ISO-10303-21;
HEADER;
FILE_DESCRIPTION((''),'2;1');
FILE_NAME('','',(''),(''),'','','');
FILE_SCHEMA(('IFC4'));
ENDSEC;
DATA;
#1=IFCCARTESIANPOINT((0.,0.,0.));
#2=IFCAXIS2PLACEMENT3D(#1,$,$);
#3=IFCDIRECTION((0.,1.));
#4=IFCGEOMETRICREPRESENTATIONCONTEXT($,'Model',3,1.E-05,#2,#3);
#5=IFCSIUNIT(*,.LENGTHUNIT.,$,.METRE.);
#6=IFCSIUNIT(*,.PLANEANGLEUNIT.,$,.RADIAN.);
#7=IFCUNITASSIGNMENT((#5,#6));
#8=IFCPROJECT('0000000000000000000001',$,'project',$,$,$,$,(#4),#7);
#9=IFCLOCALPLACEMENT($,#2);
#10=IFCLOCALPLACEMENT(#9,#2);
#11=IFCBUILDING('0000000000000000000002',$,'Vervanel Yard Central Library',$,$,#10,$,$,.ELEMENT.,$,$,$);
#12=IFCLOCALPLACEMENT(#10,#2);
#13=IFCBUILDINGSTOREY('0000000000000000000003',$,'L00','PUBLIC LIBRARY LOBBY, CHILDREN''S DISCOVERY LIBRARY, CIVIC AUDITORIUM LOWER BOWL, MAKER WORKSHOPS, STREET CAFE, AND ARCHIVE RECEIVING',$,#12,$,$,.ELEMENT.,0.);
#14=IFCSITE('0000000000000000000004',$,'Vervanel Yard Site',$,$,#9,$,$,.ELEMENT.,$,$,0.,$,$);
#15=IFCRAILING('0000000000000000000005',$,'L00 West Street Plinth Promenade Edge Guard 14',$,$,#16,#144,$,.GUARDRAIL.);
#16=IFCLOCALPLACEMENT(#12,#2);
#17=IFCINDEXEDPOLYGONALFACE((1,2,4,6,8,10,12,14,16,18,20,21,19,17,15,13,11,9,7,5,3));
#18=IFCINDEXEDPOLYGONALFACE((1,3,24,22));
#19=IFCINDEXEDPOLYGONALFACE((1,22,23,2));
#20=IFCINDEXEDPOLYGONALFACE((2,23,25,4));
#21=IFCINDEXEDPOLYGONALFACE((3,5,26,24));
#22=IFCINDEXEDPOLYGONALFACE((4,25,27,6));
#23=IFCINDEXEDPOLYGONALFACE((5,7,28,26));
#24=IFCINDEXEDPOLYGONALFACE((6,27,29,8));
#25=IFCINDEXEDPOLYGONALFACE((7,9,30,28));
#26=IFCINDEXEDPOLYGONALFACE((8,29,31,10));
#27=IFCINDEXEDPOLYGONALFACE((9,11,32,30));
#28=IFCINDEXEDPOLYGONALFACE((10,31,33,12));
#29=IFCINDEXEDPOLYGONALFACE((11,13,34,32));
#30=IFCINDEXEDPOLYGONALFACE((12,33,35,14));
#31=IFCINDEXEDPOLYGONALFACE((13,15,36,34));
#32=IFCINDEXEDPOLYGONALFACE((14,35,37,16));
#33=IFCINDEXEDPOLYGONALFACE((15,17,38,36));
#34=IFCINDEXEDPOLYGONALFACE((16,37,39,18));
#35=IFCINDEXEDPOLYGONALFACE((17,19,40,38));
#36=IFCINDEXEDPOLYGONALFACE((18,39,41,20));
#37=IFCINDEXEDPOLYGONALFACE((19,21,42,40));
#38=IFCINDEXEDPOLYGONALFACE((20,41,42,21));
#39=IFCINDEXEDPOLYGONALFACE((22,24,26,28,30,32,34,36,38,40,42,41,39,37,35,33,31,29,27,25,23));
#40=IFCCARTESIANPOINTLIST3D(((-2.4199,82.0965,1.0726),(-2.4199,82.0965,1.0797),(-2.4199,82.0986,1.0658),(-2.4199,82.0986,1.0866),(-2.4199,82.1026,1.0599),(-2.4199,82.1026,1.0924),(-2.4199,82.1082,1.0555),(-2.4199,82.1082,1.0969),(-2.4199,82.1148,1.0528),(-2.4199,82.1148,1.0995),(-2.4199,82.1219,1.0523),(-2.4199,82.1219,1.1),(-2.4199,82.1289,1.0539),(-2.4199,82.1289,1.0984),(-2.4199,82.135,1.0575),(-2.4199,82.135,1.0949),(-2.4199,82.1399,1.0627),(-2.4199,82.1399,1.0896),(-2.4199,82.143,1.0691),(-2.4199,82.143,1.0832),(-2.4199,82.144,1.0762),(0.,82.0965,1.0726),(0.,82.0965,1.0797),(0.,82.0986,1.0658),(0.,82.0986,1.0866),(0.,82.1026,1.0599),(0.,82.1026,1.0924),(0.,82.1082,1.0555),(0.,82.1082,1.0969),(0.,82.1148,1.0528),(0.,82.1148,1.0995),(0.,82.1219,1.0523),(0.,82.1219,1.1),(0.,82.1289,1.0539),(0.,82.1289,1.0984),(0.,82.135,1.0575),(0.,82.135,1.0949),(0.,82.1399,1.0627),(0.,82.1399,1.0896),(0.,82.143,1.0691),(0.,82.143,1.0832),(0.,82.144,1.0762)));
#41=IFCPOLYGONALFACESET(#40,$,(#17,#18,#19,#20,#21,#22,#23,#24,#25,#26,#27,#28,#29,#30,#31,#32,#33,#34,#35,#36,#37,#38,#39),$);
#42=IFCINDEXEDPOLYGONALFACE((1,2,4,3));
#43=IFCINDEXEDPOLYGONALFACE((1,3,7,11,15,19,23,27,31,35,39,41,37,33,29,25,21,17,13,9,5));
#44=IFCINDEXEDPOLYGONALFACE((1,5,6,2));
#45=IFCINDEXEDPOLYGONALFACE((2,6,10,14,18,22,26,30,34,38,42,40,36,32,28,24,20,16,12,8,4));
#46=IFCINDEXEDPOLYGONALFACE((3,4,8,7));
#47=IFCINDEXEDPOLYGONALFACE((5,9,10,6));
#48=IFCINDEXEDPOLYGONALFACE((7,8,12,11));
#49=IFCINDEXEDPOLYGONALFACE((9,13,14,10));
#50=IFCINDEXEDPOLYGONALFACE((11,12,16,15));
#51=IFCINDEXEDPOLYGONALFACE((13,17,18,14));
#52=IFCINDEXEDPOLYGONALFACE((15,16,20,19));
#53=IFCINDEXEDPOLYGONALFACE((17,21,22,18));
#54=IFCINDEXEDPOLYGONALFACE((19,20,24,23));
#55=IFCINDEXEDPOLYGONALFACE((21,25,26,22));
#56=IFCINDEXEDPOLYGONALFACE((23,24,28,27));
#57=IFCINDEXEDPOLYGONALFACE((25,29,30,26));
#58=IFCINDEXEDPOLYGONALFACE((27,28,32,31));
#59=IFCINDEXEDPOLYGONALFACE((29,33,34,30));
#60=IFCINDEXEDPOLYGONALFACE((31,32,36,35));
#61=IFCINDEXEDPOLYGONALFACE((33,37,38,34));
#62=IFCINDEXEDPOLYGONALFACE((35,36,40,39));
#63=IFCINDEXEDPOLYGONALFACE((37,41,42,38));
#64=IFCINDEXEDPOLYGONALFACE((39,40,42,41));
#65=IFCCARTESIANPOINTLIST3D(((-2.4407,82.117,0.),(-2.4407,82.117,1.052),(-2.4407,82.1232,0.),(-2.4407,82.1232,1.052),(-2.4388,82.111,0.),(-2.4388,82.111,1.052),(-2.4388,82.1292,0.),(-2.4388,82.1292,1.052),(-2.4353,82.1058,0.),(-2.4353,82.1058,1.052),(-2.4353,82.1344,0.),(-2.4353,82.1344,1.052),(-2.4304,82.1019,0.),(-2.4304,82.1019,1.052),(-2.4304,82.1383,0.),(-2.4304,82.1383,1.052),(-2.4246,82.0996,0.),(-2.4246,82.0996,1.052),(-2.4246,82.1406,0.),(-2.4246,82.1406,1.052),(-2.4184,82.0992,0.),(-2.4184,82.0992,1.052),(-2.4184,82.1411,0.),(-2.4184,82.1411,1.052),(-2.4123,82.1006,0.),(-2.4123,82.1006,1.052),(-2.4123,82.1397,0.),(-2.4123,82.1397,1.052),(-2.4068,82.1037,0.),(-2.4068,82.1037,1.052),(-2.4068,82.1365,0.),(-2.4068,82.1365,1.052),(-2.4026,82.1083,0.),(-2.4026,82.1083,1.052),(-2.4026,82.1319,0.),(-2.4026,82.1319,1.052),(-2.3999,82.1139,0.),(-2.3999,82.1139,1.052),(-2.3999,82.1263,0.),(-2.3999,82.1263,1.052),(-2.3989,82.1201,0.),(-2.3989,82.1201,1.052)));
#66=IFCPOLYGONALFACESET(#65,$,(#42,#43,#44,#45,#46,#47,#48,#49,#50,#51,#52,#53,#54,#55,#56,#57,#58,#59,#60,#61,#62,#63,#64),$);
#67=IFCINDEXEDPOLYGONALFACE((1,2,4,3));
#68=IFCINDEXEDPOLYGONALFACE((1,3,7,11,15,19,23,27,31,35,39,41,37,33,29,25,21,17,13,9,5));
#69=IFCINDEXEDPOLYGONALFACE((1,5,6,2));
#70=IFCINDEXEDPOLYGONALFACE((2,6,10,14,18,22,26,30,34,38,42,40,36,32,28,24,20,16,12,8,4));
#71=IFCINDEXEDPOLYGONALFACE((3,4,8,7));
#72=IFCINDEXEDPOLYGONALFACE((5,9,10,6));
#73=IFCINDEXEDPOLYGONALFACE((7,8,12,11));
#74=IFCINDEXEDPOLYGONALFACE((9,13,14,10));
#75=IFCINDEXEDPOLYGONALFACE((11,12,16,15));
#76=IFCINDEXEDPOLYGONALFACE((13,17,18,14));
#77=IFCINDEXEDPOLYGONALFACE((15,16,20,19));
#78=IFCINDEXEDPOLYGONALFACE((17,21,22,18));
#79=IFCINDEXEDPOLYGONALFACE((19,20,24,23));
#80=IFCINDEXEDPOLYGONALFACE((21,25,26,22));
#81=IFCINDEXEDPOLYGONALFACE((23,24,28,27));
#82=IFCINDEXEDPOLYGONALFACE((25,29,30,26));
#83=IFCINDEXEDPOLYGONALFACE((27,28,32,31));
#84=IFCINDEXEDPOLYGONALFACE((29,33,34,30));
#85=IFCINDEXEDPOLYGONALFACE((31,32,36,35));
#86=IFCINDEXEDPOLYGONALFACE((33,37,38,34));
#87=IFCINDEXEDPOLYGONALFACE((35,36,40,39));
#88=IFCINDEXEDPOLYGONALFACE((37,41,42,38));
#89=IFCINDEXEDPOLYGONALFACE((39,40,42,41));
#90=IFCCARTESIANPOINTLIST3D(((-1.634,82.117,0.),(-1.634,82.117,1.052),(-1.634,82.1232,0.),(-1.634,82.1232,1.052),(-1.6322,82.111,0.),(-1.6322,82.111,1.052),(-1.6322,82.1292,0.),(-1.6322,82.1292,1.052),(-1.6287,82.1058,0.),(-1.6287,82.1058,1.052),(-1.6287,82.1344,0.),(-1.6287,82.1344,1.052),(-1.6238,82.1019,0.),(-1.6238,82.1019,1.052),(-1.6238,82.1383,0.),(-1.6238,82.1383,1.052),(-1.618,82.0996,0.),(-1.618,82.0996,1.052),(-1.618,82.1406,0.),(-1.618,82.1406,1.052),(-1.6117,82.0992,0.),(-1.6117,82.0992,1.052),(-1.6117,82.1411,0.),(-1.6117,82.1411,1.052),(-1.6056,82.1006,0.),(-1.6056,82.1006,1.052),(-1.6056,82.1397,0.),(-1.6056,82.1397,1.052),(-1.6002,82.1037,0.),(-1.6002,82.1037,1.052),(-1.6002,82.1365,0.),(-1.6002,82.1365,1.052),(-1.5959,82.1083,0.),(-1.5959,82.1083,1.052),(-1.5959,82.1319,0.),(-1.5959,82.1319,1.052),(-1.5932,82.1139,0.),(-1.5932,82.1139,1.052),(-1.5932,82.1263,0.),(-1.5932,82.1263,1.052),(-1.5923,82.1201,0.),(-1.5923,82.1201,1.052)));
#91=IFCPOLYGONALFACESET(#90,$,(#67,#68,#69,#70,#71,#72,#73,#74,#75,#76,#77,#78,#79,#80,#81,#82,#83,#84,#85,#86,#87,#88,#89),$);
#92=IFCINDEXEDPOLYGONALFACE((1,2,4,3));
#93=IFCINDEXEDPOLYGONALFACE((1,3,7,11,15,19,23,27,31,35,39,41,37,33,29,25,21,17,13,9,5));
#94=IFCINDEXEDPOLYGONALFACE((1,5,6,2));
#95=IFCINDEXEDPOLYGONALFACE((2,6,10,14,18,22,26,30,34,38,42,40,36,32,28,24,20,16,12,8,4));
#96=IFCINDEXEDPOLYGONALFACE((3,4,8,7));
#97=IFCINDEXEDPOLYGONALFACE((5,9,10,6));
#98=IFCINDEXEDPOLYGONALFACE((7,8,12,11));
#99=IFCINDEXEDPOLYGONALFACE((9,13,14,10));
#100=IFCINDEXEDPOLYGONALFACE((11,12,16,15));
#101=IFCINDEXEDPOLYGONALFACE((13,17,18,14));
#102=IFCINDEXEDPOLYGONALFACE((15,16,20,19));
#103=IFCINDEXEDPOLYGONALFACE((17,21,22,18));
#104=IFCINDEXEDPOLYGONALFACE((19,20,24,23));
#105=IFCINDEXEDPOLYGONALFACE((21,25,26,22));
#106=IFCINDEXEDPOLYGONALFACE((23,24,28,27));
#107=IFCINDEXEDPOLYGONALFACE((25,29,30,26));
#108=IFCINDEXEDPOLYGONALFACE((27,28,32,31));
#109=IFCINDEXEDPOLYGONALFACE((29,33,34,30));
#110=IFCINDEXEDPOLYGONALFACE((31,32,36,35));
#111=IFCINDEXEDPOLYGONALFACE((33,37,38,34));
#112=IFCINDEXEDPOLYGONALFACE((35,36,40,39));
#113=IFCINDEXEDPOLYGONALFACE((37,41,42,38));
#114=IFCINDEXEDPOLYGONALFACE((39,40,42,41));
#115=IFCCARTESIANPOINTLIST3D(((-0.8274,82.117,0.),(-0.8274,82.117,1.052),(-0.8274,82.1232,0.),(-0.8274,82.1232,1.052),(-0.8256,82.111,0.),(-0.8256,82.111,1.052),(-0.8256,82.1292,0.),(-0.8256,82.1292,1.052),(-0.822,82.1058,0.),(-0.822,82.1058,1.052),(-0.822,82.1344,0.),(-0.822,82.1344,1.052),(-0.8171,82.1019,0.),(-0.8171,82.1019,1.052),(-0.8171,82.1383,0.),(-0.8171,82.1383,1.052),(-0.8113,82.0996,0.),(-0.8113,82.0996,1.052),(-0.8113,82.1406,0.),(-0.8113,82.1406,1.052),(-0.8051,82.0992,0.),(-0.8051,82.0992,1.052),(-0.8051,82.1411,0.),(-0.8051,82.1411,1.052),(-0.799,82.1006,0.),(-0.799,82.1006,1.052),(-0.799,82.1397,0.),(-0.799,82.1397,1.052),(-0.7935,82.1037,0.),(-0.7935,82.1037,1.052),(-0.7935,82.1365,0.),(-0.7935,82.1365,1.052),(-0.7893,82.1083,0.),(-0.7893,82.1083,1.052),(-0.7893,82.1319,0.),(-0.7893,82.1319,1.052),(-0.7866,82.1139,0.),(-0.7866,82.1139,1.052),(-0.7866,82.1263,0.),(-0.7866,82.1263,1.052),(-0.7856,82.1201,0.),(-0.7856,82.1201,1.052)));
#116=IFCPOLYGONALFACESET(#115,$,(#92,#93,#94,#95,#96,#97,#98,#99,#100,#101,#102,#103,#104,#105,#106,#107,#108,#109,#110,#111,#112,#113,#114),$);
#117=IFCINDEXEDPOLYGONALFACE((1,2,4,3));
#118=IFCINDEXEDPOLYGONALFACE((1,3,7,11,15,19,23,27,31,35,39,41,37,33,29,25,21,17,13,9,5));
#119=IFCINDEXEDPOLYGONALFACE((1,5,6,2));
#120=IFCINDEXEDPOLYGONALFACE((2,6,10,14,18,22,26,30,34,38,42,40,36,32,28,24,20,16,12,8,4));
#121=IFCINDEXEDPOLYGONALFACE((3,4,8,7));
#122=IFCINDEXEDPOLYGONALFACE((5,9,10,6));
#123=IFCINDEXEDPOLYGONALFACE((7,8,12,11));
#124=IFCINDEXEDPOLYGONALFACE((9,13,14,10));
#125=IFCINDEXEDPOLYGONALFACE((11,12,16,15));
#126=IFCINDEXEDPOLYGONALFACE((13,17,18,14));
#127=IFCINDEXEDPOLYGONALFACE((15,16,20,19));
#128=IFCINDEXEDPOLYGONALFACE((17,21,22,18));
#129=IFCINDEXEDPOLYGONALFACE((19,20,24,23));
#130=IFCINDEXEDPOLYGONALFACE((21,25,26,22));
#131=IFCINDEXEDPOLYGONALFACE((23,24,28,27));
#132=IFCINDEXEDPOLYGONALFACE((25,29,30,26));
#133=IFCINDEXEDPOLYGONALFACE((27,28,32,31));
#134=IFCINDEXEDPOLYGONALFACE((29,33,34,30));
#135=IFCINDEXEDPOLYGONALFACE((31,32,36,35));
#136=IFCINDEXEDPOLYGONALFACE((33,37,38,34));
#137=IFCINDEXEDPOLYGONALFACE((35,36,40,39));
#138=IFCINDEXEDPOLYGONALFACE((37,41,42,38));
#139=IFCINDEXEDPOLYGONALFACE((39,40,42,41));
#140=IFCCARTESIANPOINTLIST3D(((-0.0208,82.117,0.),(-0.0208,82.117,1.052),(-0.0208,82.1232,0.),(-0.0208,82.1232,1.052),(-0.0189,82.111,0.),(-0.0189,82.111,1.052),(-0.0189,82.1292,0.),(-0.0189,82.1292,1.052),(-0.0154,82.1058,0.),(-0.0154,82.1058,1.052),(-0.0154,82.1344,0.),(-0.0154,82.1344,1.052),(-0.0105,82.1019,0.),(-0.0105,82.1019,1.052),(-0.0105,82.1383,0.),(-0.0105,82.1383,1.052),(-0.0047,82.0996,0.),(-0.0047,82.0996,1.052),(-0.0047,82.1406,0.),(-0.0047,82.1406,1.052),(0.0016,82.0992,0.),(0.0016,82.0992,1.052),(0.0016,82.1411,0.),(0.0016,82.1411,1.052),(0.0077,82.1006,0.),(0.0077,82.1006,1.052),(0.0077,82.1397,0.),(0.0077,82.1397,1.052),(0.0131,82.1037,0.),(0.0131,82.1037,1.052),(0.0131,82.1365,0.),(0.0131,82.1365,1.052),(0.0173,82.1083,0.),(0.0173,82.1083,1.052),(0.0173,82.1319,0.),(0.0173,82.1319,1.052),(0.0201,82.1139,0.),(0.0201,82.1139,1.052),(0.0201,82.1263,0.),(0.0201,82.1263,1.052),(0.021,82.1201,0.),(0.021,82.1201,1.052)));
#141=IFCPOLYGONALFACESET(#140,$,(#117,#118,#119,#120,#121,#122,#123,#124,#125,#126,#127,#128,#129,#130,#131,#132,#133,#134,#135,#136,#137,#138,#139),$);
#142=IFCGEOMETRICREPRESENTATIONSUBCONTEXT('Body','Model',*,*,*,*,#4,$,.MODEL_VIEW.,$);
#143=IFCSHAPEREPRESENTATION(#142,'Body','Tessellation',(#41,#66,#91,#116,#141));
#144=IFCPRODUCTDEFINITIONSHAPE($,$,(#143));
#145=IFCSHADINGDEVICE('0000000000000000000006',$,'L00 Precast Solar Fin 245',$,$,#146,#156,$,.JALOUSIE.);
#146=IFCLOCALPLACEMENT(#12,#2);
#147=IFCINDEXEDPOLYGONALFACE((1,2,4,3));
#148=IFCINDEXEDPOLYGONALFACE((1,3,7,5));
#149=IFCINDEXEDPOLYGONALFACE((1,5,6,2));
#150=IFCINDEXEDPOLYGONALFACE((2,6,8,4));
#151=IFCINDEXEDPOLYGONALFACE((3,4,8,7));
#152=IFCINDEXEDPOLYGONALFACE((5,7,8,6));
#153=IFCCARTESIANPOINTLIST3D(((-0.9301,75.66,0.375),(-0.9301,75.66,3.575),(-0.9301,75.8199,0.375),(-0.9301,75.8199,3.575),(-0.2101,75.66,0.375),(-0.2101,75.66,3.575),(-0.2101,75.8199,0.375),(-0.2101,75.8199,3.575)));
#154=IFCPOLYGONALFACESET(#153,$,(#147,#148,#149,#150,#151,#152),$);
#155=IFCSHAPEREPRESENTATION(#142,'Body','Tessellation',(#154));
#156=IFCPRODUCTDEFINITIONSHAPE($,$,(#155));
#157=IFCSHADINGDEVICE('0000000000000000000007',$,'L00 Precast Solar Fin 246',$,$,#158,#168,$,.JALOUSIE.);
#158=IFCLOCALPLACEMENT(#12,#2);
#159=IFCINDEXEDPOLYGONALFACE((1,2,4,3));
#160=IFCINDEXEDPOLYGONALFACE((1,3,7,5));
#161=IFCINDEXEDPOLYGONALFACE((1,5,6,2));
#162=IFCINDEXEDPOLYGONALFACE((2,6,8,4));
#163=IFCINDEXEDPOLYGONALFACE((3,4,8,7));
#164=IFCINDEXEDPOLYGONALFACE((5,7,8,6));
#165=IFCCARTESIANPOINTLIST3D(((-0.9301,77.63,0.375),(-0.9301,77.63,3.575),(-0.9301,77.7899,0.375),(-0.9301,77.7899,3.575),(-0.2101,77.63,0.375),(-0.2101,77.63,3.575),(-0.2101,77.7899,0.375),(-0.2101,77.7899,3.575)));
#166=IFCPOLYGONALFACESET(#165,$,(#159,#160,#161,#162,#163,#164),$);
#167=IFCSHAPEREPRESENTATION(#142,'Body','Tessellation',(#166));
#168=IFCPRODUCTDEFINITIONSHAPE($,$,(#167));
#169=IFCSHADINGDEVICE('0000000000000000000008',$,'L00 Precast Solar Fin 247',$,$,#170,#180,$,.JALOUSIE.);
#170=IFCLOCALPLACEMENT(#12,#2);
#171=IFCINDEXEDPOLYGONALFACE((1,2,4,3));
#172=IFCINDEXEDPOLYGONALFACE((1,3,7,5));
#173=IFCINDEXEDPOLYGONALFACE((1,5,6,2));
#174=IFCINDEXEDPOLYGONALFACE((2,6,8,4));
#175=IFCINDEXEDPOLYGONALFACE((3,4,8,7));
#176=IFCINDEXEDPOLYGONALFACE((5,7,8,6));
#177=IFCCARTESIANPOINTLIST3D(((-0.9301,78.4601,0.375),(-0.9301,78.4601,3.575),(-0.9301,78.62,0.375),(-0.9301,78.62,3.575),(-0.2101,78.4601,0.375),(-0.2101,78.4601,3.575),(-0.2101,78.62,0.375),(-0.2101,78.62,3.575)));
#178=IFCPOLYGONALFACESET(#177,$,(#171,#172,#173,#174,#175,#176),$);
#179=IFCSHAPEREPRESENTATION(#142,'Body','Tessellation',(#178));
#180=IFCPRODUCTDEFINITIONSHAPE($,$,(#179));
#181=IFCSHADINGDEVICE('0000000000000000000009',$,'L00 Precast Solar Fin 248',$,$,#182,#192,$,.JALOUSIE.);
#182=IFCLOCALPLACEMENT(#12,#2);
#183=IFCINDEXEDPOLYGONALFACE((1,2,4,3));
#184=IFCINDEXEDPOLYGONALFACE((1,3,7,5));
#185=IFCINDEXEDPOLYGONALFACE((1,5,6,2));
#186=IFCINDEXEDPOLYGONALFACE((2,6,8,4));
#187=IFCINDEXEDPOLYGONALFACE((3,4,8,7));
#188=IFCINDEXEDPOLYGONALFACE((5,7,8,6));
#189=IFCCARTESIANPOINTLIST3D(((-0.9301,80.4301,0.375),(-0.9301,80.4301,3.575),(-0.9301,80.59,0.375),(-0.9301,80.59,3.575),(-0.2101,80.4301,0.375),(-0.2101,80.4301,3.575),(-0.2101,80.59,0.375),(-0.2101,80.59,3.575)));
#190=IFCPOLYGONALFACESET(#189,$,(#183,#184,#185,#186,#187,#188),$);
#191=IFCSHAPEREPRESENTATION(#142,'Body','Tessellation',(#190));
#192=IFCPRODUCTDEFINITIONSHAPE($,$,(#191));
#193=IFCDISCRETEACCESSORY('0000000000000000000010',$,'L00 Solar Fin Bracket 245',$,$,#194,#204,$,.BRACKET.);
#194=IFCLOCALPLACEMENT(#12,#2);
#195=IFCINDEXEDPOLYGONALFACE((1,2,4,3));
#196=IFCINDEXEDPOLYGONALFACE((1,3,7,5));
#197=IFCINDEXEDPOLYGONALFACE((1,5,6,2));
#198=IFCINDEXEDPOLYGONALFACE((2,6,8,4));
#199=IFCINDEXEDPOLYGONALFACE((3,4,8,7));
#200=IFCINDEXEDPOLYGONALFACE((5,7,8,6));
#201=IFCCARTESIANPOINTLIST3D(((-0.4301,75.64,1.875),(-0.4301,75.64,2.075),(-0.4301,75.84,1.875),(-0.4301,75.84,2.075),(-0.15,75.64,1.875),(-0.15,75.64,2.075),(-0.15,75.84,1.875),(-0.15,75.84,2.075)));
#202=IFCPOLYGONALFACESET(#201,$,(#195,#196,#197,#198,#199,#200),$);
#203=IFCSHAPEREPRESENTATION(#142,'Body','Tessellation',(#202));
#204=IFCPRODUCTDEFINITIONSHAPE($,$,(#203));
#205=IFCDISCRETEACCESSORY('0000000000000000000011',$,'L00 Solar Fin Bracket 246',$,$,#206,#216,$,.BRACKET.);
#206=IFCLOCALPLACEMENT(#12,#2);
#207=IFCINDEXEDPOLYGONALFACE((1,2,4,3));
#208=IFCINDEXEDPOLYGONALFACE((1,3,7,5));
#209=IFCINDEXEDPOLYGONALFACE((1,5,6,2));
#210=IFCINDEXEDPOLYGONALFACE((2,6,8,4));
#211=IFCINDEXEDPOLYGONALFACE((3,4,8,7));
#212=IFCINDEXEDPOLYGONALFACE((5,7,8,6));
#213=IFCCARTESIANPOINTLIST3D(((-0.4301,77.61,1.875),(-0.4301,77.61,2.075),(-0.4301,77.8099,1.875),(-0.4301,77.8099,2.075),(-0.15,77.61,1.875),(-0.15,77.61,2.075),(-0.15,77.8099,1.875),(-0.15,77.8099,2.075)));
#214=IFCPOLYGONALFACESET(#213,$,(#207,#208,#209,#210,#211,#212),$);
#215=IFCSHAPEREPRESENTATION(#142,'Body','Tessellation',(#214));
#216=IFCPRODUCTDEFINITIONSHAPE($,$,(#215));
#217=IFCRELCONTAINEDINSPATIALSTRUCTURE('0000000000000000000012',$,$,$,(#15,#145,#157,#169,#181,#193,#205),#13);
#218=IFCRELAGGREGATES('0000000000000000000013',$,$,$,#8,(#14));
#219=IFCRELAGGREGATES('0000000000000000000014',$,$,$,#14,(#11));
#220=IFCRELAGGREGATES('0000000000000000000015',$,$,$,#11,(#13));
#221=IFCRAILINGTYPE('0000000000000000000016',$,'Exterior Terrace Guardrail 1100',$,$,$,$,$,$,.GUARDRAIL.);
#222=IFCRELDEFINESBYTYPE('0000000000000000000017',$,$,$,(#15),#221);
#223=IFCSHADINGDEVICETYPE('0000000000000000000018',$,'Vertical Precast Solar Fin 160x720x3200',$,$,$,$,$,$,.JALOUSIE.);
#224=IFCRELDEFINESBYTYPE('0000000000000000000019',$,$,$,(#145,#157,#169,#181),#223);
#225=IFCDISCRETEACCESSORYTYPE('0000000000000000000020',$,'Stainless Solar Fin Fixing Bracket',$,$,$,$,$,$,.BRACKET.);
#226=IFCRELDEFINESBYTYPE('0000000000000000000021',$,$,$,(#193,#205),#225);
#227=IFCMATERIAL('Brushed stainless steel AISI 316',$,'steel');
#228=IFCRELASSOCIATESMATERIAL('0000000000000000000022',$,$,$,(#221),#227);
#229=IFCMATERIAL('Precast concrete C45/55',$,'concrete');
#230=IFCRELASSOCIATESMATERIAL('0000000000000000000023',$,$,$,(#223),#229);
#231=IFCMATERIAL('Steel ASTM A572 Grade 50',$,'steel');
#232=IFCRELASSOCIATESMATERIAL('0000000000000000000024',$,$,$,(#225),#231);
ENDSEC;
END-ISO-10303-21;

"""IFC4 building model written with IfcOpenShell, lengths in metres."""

from ifc_helpers import new_model, si_unit, direction, frame, origin, origin_2d, place, context, subcontext, project, spatial, rectangle, circle, extrude, material, type_object, element, save


model = new_model("IFC4")

# Units and contexts
model_context = context("Model", 3, precision=1e-05, world=origin(), true_north=direction((0.0, 1.0)))
body_context = subcontext(model_context, "Body", "Model", "MODEL_VIEW")
ifc_project = project(units=[si_unit("LENGTHUNIT", "METRE"), si_unit("PLANEANGLEUNIT", "RADIAN")], contexts=[model_context])

# Site, building, storey
site_placement = place(None, origin())
site = spatial("IfcSite", under=ifc_project, at=site_placement, Name="Vervanel Yard Site", CompositionType="ELEMENT", RefElevation=0.0)
building_placement = place(site_placement, origin())
building = spatial("IfcBuilding", under=site, at=building_placement, Name="Vervanel Yard Central Library", CompositionType="ELEMENT")
storey_placement = place(building_placement, origin())
storey = spatial("IfcBuildingStorey", under=building, at=storey_placement, Name="L00", Description="PUBLIC LIBRARY LOBBY, CHILDREN'S DISCOVERY LIBRARY, CIVIC AUDITORIUM LOWER BOWL, MAKER WORKSHOPS, STREET CAFE, AND ARCHIVE RECEIVING", CompositionType="ELEMENT", Elevation=0.0)

# Shared definitions
ifc_material_1 = material(Name="Precast concrete C45/55", Category="concrete")

# Railing
ifc_material_2 = material(Name="Brushed stainless steel AISI 316", Category="steel")
railing_type = type_object("IfcRailingType", Name="Exterior Terrace Guardrail 1100", PredefinedType="GUARDRAIL", material=ifc_material_2)
railing_1_placement = place(storey_placement, frame((-2.4199, 82.1201, 0.0)))
element("IfcRailing", 1, at=railing_1_placement, inside=storey, type_object=railing_type, Name="L00 West Street Plinth Promenade Edge Guard 14", PredefinedType="GUARDRAIL", context=body_context, shape_type="SweptSolid", body=[
    extrude(circle(Radius=0.0239, at=origin_2d()), frame((0.0, 0.0, 1.0762), z_axis=(1.0, 0.0, 0.0), x_axis=(0.0, 1.0, 0.0)), (0.0, 0.0, 1.0), 2.4199),
    extrude(circle(Radius=0.021, at=origin_2d()), origin(), (0.0, 0.0, 1.0), 1.052),
    extrude(circle(Radius=0.021, at=origin_2d()), frame((0.8066, 0.0, 0.0)), (0.0, 0.0, 1.0), 1.052),
    extrude(circle(Radius=0.021, at=origin_2d()), frame((1.6133, 0.0, 0.0)), (0.0, 0.0, 1.0), 1.052),
    extrude(circle(Radius=0.021, at=origin_2d()), frame((2.4199, 0.0, 0.0)), (0.0, 0.0, 1.0), 1.052),
])

# Shading devices
shading_device_type = type_object("IfcShadingDeviceType", Name="Vertical Precast Solar Fin 160x720x3200", PredefinedType="JALOUSIE", material=ifc_material_1)
for number, where, z_axis, x_axis, name in (
    (2, (-0.5701, 75.74, 0.375), (0.0, 0.0, 1.0), (0.0, 1.0, 0.0), "L00 Precast Solar Fin 245"),
    (3, (-0.5701, 77.71, 0.375), (0.0, 0.0, 1.0), (0.0, 1.0, 0.0), "L00 Precast Solar Fin 246"),
    (4, (-0.5701, 78.54, 0.375), (0.0, 0.0, 1.0), (0.0, 1.0, 0.0), "L00 Precast Solar Fin 247"),
    (5, (-0.5701, 80.51, 0.375), (0.0, 0.0, 1.0), (0.0, 1.0, 0.0), "L00 Precast Solar Fin 248"),
):
    element("IfcShadingDevice", number, at=place(storey_placement, frame(where, z_axis=z_axis, x_axis=x_axis)), inside=storey, type_object=shading_device_type, Name=name, PredefinedType="JALOUSIE", context=body_context, shape_type="SweptSolid", body=[
        extrude(rectangle(XDim=0.1599, YDim=0.72, at=origin_2d()), origin(), (0.0, 0.0, 1.0), 3.2),
    ])

# Discrete accessories
ifc_material_3 = material(Name="Steel ASTM A572 Grade 50", Category="steel")
discrete_accessory_type = type_object("IfcDiscreteAccessoryType", Name="Stainless Solar Fin Fixing Bracket", PredefinedType="BRACKET", material=ifc_material_3)
for number, where, z_axis, x_axis, name in (
    (6, (-0.29, 75.74, 1.875), (0.0, 0.0, 1.0), (0.0, 1.0, 0.0), "L00 Solar Fin Bracket 245"),
    (7, (-0.29, 77.71, 1.875), (0.0, 0.0, 1.0), (0.0, 1.0, 0.0), "L00 Solar Fin Bracket 246"),
):
    element("IfcDiscreteAccessory", number, at=place(storey_placement, frame(where, z_axis=z_axis, x_axis=x_axis)), inside=storey, type_object=discrete_accessory_type, Name=name, PredefinedType="BRACKET", context=body_context, shape_type="SweptSolid", body=[
        extrude(rectangle(XDim=0.2, YDim=0.28, at=origin_2d()), origin(), (0.0, 0.0, 1.0), 0.2),
    ])

save(model, "model.ifc")
